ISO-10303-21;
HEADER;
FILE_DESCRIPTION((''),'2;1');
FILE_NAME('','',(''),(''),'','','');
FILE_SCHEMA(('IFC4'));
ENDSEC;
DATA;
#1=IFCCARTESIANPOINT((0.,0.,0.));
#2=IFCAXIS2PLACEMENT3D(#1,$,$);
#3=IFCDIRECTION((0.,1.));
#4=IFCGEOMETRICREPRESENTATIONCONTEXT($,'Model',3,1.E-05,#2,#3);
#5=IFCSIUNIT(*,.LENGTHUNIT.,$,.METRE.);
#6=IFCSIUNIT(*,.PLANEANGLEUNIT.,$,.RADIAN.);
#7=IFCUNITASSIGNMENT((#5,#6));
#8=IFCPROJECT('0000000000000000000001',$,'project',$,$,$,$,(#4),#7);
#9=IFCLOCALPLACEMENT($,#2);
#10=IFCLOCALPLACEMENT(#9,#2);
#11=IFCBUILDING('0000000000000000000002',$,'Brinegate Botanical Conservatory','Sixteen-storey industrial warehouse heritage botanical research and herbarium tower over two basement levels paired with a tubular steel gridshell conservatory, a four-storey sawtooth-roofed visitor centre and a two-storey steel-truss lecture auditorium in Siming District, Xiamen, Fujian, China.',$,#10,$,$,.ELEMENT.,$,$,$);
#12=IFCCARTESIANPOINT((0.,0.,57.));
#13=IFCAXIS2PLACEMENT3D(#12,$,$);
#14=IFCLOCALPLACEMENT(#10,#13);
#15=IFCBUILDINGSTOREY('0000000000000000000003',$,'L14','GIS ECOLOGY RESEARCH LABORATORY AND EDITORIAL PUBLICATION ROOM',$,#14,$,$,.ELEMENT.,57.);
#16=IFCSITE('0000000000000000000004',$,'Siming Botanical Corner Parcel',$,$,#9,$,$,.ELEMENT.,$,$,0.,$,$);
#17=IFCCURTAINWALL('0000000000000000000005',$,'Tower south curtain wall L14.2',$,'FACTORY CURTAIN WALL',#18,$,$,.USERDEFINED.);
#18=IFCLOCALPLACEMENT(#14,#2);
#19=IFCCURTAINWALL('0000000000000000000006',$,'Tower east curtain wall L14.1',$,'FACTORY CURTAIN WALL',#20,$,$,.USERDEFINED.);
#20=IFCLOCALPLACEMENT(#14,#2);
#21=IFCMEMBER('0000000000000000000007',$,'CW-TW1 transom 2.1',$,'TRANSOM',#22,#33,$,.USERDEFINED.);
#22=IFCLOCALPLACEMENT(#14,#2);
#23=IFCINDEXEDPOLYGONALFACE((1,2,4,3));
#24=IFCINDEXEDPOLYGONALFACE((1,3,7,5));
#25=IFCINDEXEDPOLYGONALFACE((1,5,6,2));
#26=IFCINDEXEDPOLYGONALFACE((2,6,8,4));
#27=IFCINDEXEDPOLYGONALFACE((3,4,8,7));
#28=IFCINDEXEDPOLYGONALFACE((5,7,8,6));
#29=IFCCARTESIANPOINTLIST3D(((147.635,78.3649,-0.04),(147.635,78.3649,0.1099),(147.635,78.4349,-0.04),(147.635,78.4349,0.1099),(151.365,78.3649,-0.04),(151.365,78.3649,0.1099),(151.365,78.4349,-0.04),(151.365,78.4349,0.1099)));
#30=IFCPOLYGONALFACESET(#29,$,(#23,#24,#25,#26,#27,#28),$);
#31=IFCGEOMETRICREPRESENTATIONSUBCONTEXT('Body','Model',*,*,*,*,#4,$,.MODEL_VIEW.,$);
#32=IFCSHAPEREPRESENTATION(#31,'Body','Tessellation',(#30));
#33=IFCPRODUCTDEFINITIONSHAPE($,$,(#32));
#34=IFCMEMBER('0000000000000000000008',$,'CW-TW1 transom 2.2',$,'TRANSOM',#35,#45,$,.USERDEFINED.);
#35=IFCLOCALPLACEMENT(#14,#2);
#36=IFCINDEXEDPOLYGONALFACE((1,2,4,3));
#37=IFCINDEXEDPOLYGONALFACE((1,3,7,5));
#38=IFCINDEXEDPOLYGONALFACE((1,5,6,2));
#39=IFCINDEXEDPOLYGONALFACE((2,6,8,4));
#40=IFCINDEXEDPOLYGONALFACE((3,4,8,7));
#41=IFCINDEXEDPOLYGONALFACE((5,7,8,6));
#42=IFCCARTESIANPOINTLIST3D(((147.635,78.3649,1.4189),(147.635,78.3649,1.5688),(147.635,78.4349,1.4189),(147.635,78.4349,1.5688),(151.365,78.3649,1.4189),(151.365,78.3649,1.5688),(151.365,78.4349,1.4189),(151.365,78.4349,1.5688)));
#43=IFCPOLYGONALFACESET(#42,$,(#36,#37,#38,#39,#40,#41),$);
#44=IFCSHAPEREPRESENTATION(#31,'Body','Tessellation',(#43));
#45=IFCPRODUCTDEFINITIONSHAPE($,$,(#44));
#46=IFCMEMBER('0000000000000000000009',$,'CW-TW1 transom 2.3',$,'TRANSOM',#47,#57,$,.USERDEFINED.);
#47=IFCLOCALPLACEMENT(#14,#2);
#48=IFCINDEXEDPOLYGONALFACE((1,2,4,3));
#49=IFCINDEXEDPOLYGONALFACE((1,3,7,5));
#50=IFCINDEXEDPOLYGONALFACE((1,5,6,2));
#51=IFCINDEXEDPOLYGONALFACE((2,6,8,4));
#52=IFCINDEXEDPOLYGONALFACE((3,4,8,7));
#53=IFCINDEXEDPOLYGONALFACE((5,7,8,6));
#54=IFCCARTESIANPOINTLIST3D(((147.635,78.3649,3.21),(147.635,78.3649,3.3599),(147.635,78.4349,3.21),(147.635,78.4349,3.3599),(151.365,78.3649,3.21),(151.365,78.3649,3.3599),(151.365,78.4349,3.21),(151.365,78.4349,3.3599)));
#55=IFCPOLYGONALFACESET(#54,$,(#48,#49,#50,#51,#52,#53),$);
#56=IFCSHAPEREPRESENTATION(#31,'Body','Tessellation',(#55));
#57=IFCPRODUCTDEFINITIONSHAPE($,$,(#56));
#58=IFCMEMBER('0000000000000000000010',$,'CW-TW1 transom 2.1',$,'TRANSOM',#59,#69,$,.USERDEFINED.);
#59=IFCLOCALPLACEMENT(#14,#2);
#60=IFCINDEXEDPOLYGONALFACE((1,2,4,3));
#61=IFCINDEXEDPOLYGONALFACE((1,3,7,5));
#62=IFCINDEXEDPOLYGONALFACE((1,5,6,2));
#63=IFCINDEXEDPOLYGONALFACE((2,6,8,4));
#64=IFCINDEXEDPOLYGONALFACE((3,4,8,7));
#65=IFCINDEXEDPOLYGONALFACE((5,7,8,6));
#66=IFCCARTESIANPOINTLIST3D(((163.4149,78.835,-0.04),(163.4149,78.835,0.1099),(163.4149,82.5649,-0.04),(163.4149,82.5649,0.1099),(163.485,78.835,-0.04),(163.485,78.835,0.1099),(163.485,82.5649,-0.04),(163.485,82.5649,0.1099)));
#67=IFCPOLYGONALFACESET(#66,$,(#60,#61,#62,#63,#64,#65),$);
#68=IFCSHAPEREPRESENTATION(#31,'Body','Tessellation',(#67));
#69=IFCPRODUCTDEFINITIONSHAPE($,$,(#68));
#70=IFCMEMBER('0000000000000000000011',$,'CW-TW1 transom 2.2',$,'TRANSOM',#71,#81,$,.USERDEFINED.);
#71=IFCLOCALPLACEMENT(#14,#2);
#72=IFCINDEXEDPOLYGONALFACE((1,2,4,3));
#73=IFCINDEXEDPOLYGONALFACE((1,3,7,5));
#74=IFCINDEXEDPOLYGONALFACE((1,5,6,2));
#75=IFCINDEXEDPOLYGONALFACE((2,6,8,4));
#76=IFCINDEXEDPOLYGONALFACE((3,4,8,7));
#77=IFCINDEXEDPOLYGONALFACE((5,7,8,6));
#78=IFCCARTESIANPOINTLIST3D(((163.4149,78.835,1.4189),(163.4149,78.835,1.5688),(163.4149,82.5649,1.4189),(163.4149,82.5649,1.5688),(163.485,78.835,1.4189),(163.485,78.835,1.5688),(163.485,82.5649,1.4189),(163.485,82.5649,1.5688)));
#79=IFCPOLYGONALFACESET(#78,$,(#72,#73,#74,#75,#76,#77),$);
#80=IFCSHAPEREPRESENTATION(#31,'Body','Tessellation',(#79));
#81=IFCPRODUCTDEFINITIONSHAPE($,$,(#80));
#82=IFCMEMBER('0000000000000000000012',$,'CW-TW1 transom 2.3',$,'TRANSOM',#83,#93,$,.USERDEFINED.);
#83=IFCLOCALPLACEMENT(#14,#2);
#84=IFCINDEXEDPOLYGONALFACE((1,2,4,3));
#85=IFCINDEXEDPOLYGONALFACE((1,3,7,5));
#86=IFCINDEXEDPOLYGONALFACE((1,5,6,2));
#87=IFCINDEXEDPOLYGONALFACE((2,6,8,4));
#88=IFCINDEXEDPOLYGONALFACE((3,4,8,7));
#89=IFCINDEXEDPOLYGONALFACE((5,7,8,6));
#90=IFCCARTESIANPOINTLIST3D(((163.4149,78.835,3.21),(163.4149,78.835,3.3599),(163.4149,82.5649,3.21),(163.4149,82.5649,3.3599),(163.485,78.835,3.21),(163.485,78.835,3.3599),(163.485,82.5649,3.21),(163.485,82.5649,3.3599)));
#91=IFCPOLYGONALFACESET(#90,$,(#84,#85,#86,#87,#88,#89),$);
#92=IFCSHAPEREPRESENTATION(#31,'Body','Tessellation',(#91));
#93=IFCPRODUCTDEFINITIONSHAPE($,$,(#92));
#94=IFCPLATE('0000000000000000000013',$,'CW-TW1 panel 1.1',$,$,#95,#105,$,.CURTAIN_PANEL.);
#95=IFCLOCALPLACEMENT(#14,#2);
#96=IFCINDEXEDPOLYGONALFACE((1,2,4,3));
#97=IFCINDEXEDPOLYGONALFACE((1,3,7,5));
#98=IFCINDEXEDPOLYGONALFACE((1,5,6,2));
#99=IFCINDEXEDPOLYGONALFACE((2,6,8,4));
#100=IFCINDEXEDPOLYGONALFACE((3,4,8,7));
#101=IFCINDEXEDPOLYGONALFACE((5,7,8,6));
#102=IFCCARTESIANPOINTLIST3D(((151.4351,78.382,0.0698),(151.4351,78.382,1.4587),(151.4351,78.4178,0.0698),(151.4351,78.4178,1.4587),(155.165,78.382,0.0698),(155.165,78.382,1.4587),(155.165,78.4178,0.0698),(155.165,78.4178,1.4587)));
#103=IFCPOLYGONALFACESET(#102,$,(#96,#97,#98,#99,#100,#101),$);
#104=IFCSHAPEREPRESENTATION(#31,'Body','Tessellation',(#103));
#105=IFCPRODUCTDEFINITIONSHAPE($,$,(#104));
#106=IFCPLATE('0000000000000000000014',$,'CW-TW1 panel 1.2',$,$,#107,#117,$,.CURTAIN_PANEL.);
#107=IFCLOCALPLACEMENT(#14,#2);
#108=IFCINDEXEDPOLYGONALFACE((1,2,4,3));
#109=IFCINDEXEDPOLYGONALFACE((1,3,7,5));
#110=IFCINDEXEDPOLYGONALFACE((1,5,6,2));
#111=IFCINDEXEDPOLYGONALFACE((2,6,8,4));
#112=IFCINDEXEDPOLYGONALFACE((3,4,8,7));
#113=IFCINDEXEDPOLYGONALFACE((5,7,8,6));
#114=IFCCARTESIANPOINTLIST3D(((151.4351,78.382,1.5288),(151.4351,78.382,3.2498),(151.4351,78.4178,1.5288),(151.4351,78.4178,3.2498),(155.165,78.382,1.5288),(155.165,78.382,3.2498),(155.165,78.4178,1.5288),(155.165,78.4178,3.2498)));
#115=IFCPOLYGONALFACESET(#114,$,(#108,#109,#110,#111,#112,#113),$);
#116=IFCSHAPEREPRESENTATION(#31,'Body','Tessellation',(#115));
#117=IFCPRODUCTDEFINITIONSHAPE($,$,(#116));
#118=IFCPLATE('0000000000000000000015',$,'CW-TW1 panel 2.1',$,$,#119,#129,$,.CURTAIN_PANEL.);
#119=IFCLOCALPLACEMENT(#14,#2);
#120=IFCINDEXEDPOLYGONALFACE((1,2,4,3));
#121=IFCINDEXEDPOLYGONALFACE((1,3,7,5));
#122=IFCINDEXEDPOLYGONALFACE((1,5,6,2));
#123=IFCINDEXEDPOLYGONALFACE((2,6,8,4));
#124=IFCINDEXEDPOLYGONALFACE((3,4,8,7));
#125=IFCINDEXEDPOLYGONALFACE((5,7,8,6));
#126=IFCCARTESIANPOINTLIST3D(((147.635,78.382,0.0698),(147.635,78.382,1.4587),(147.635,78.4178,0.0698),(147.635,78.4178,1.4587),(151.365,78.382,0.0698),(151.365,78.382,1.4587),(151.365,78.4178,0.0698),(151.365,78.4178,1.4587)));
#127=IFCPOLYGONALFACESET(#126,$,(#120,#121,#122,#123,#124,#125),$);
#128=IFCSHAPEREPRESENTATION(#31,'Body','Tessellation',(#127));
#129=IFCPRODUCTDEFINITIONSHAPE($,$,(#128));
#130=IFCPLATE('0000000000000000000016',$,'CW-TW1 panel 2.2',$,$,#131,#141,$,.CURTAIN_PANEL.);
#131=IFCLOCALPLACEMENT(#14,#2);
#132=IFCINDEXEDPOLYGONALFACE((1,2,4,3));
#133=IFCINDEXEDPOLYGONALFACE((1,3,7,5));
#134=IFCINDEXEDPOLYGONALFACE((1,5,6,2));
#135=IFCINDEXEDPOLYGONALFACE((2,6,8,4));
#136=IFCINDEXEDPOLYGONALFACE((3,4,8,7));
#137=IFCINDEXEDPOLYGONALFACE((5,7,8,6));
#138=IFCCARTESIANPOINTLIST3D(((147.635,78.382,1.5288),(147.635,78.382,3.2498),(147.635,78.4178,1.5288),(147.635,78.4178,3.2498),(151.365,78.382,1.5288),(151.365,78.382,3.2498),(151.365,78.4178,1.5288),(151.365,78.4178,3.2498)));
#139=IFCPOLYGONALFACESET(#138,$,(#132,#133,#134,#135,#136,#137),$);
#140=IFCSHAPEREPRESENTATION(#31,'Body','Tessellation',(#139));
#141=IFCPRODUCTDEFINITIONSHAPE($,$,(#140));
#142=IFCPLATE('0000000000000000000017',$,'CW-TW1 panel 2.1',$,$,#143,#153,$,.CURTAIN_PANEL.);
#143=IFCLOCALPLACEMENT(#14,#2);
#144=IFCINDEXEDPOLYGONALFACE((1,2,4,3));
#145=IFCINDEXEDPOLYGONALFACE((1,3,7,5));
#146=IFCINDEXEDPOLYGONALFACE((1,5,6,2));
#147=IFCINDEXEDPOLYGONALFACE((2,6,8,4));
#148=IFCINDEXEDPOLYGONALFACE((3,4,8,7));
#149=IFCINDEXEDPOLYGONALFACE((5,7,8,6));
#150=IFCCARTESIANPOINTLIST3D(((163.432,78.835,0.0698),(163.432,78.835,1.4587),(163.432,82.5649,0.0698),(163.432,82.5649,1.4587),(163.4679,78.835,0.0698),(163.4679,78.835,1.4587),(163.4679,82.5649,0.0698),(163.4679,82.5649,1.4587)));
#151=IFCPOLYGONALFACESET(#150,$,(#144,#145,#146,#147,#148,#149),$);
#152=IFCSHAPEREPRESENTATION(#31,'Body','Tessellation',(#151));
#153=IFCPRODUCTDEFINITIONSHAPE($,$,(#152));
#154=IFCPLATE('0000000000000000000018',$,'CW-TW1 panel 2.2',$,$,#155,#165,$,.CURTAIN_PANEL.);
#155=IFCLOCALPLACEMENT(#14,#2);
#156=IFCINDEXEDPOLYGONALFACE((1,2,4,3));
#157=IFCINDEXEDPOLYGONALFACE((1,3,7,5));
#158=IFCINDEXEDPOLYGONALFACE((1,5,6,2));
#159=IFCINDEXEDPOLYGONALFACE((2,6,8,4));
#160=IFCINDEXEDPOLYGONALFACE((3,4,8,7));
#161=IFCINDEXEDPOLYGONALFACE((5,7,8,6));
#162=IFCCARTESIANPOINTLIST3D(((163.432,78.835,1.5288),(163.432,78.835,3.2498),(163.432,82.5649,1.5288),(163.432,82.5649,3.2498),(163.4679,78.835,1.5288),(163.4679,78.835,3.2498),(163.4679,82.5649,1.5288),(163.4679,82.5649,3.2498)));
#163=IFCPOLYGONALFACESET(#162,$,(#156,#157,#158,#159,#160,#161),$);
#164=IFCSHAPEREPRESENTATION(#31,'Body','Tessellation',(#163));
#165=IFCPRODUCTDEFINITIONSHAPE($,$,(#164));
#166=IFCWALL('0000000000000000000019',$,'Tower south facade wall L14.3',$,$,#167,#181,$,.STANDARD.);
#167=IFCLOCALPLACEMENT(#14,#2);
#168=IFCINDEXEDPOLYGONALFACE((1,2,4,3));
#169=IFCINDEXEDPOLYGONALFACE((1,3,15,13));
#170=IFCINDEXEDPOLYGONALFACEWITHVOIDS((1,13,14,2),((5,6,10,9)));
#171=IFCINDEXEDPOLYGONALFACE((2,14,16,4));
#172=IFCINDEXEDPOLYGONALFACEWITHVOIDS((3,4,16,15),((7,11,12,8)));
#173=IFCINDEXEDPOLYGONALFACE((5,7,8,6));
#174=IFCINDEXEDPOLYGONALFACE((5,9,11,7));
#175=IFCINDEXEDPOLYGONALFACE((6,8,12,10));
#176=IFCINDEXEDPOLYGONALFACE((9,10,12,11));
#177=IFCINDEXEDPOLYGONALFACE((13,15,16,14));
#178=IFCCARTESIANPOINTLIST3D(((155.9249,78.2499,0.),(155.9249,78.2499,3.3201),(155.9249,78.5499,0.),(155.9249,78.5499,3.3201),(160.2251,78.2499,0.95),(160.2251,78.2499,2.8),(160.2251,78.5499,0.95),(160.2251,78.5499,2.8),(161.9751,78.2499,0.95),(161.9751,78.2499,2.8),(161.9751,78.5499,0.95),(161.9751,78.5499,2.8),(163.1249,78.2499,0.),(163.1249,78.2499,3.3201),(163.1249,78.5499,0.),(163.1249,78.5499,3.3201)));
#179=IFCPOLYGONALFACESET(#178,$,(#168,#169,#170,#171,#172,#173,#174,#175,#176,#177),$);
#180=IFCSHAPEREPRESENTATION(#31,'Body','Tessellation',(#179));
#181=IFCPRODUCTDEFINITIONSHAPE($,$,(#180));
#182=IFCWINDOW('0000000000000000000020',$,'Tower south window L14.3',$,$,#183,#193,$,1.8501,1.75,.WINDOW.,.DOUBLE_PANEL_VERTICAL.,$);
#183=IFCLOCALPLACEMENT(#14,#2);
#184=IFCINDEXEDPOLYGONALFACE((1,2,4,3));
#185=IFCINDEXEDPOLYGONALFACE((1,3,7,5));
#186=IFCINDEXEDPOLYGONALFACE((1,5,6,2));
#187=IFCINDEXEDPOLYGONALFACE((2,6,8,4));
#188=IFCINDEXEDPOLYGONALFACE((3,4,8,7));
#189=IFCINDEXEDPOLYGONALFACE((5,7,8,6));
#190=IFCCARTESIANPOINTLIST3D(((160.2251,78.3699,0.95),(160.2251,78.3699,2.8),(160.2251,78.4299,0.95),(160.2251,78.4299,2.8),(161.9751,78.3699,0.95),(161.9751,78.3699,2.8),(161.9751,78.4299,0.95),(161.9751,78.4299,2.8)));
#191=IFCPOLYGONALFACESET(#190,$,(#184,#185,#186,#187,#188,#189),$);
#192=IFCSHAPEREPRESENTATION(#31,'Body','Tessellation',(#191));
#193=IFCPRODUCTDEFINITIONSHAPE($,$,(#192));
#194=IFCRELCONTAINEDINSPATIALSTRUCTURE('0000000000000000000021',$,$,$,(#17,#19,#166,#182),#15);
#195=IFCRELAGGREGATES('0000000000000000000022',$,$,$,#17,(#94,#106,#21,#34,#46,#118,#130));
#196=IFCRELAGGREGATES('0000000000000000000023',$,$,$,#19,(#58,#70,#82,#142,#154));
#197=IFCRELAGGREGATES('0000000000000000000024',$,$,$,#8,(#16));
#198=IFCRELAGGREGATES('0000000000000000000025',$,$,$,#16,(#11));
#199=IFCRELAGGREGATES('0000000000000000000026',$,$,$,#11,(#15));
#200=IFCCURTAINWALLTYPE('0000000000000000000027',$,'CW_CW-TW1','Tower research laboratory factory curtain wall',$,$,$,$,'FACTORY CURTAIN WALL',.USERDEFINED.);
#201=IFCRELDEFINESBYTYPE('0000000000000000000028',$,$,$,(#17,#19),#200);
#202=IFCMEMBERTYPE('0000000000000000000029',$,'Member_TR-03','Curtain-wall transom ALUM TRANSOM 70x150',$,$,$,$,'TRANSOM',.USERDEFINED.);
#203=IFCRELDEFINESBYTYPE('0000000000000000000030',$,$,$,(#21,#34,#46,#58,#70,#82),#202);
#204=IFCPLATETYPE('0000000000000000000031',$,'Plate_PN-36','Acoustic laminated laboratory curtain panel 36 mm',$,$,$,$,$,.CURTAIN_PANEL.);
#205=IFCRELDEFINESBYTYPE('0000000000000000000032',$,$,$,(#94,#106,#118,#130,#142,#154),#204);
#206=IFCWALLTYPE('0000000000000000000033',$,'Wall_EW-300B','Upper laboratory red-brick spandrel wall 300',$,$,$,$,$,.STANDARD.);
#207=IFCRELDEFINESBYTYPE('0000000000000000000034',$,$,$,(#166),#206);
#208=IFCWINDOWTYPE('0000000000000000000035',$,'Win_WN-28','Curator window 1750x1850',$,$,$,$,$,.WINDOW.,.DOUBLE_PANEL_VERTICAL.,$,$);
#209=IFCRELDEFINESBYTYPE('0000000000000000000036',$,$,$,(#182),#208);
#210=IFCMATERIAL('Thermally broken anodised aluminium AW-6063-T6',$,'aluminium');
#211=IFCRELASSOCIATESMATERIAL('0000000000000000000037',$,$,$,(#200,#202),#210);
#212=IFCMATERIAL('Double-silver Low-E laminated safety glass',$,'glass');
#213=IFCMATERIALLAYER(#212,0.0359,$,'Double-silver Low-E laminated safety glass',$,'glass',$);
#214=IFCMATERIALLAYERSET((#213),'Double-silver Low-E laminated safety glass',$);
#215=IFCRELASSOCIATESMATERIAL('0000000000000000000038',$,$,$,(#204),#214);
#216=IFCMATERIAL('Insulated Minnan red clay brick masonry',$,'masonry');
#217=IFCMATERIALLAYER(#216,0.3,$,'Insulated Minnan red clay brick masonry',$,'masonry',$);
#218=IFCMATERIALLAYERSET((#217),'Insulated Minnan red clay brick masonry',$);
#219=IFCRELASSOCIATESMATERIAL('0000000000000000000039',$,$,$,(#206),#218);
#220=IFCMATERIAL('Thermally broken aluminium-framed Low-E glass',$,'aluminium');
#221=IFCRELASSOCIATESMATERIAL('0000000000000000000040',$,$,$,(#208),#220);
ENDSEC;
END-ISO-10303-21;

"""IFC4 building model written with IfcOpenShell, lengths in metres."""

from ifc_helpers import new_model, si_unit, direction, frame, frame_2d, origin, origin_2d, place, context, subcontext, project, spatial, rectangle, extrude, material, layer, layer_set, material_profile, profile_set, type_object, element, fill, aggregate, save


model = new_model("IFC4")

# Units and contexts
model_context = context("Model", 3, precision=1e-05, world=origin(), true_north=direction((0.0, 1.0)))
body_context = subcontext(model_context, "Body", "Model", "MODEL_VIEW")
ifc_project = project(units=[si_unit("LENGTHUNIT", "METRE"), si_unit("PLANEANGLEUNIT", "RADIAN")], contexts=[model_context])

# Site, building, storey
site_placement = place(None, origin())
site = spatial("IfcSite", under=ifc_project, at=site_placement, Name="Siming Botanical Corner Parcel", CompositionType="ELEMENT", RefElevation=0.0)
building_placement = place(site_placement, origin())
building = spatial("IfcBuilding", under=site, at=building_placement, Name="Brinegate Botanical Conservatory", Description="Sixteen-storey industrial warehouse heritage botanical research and herbarium tower over two basement levels paired with a tubular steel gridshell conservatory, a four-storey sawtooth-roofed visitor centre and a two-storey steel-truss lecture auditorium in Siming District, Xiamen, Fujian, China.", CompositionType="ELEMENT")
storey_placement = place(building_placement, frame((0.0, 0.0, 57.0)))
storey = spatial("IfcBuildingStorey", under=building, at=storey_placement, Name="L14", Description="GIS ECOLOGY RESEARCH LABORATORY AND EDITORIAL PUBLICATION ROOM", CompositionType="ELEMENT", Elevation=57.0)

# Curtain wall
ifc_material_1 = material(Name="Thermally broken anodised aluminium AW-6063-T6", Category="aluminium")
curtain_wall_type = type_object("IfcCurtainWallType", Name="CW_CW-TW1", Description="Tower research laboratory factory curtain wall", ElementType="FACTORY CURTAIN WALL", PredefinedType="USERDEFINED", material=ifc_material_1)
curtain_wall_1_placement = place(storey_placement, origin())
curtain_wall_1 = element("IfcCurtainWall", 1, at=curtain_wall_1_placement, inside=storey, type_object=curtain_wall_type, Name="Tower south curtain wall L14.2", ObjectType="FACTORY CURTAIN WALL", PredefinedType="USERDEFINED")

# Curtain wall
curtain_wall_2_placement = place(storey_placement, origin())
curtain_wall_2 = element("IfcCurtainWall", 2, at=curtain_wall_2_placement, inside=storey, type_object=curtain_wall_type, Name="Tower east curtain wall L14.1", ObjectType="FACTORY CURTAIN WALL", PredefinedType="USERDEFINED")

# Members
ifc_material_profile_1 = material_profile(ifc_material_1, rectangle(XDim=0.0701, YDim=0.1499, at=origin_2d()), Name="ALUM TRANSOM 70x150")
ifc_profile_set_1 = profile_set([ifc_material_profile_1], Name="Thermally broken anodised aluminium AW-6063-T6")
member_type_1 = type_object("IfcMemberType", Name="Member_TR-03", Description="Curtain-wall transom ALUM TRANSOM 70x150", ElementType="TRANSOM", PredefinedType="USERDEFINED", material=ifc_profile_set_1)
member_1_placement = place(storey_placement, frame((151.365, 78.3999, 0.0349), z_axis=(-1.0, 0.0, 0.0), x_axis=(0.0, -1.0, 0.0)))
member_1 = element("IfcMember", 3, at=member_1_placement, type_object=member_type_1, Name="CW-TW1 transom 2.1", ObjectType="TRANSOM", PredefinedType="USERDEFINED", context=body_context, shape_type="SweptSolid", body=[
    extrude(rectangle(XDim=0.0701, YDim=0.1499, at=origin_2d()), origin(), (0.0, 0.0, 1.0), 3.73),
])
member_2_placement = place(storey_placement, frame((151.365, 78.3999, 1.4939), z_axis=(-1.0, 0.0, 0.0), x_axis=(0.0, -1.0, 0.0)))
member_2 = element("IfcMember", 4, at=member_2_placement, type_object=member_type_1, Name="CW-TW1 transom 2.2", ObjectType="TRANSOM", PredefinedType="USERDEFINED", context=body_context, shape_type="SweptSolid", body=[
    extrude(rectangle(XDim=0.0701, YDim=0.1499, at=origin_2d()), origin(), (0.0, 0.0, 1.0), 3.73),
])
member_3_placement = place(storey_placement, frame((151.365, 78.3999, 3.2849), z_axis=(-1.0, 0.0, 0.0), x_axis=(0.0, -1.0, 0.0)))
member_3 = element("IfcMember", 5, at=member_3_placement, type_object=member_type_1, Name="CW-TW1 transom 2.3", ObjectType="TRANSOM", PredefinedType="USERDEFINED", context=body_context, shape_type="SweptSolid", body=[
    extrude(rectangle(XDim=0.0701, YDim=0.1499, at=origin_2d()), origin(), (0.0, 0.0, 1.0), 3.73),
])
member_4_placement = place(storey_placement, frame((163.45, 82.5649, 0.0349), z_axis=(0.0, -1.0, 0.0), x_axis=(1.0, 0.0, 0.0)))
member_4 = element("IfcMember", 6, at=member_4_placement, type_object=member_type_1, Name="CW-TW1 transom 2.1", ObjectType="TRANSOM", PredefinedType="USERDEFINED", context=body_context, shape_type="SweptSolid", body=[
    extrude(rectangle(XDim=0.0701, YDim=0.1499, at=origin_2d()), origin(), (0.0, 0.0, 1.0), 3.73),
])
member_5_placement = place(storey_placement, frame((163.45, 82.5649, 1.4939), z_axis=(0.0, -1.0, 0.0), x_axis=(1.0, 0.0, 0.0)))
member_5 = element("IfcMember", 7, at=member_5_placement, type_object=member_type_1, Name="CW-TW1 transom 2.2", ObjectType="TRANSOM", PredefinedType="USERDEFINED", context=body_context, shape_type="SweptSolid", body=[
    extrude(rectangle(XDim=0.0701, YDim=0.1499, at=origin_2d()), origin(), (0.0, 0.0, 1.0), 3.73),
])
member_6_placement = place(storey_placement, frame((163.45, 82.5649, 3.2849), z_axis=(0.0, -1.0, 0.0), x_axis=(1.0, 0.0, 0.0)))
member_6 = element("IfcMember", 8, at=member_6_placement, type_object=member_type_1, Name="CW-TW1 transom 2.3", ObjectType="TRANSOM", PredefinedType="USERDEFINED", context=body_context, shape_type="SweptSolid", body=[
    extrude(rectangle(XDim=0.0701, YDim=0.1499, at=origin_2d()), origin(), (0.0, 0.0, 1.0), 3.73),
])

# Plates
ifc_material_2 = material(Name="Double-silver Low-E laminated safety glass", Category="glass")
ifc_layer_1 = layer(ifc_material_2, 0.0359, Name="Double-silver Low-E laminated safety glass", Category="glass")
ifc_layer_set_1 = layer_set([ifc_layer_1], Name="Double-silver Low-E laminated safety glass")
plate_type = type_object("IfcPlateType", Name="Plate_PN-36", Description="Acoustic laminated laboratory curtain panel 36 mm", PredefinedType="CURTAIN_PANEL", material=ifc_layer_set_1)
plate_1_placement = place(storey_placement, frame((153.3, 78.3999, 0.0698), z_axis=(0.0, 0.0, 1.0), x_axis=(-1.0, 0.0, 0.0)))
plate_1 = element("IfcPlate", 9, at=plate_1_placement, type_object=plate_type, Name="CW-TW1 panel 1.1", PredefinedType="CURTAIN_PANEL", context=body_context, shape_type="SweptSolid", body=[
    extrude(rectangle(XDim=3.73, YDim=0.0359, at=origin_2d()), origin(), (0.0, 0.0, 1.0), 1.3889),
])
plate_2_placement = place(storey_placement, frame((153.3, 78.3999, 1.5288), z_axis=(0.0, 0.0, 1.0), x_axis=(-1.0, 0.0, 0.0)))
plate_2 = element("IfcPlate", 10, at=plate_2_placement, type_object=plate_type, Name="CW-TW1 panel 1.2", PredefinedType="CURTAIN_PANEL", context=body_context, shape_type="SweptSolid", body=[
    extrude(rectangle(XDim=3.73, YDim=0.0359, at=origin_2d()), origin(), (0.0, 0.0, 1.0), 1.7209),
])
plate_3_placement = place(storey_placement, frame((149.5, 78.3999, 0.0698), z_axis=(0.0, 0.0, 1.0), x_axis=(-1.0, 0.0, 0.0)))
plate_3 = element("IfcPlate", 11, at=plate_3_placement, type_object=plate_type, Name="CW-TW1 panel 2.1", PredefinedType="CURTAIN_PANEL", context=body_context, shape_type="SweptSolid", body=[
    extrude(rectangle(XDim=3.73, YDim=0.0359, at=origin_2d()), origin(), (0.0, 0.0, 1.0), 1.3889),
])
plate_4_placement = place(storey_placement, frame((149.5, 78.3999, 1.5288), z_axis=(0.0, 0.0, 1.0), x_axis=(-1.0, 0.0, 0.0)))
plate_4 = element("IfcPlate", 12, at=plate_4_placement, type_object=plate_type, Name="CW-TW1 panel 2.2", PredefinedType="CURTAIN_PANEL", context=body_context, shape_type="SweptSolid", body=[
    extrude(rectangle(XDim=3.73, YDim=0.0359, at=origin_2d()), origin(), (0.0, 0.0, 1.0), 1.7209),
])
aggregate(curtain_wall_1, [plate_1, plate_2, member_1, member_2, member_3, plate_3, plate_4])
plate_5_placement = place(storey_placement, frame((163.45, 80.7, 0.0698), z_axis=(0.0, 0.0, 1.0), x_axis=(0.0, -1.0, 0.0)))
plate_5 = element("IfcPlate", 13, at=plate_5_placement, type_object=plate_type, Name="CW-TW1 panel 2.1", PredefinedType="CURTAIN_PANEL", context=body_context, shape_type="SweptSolid", body=[
    extrude(rectangle(XDim=3.73, YDim=0.0359, at=origin_2d()), origin(), (0.0, 0.0, 1.0), 1.3889),
])
plate_6_placement = place(storey_placement, frame((163.45, 80.7, 1.5288), z_axis=(0.0, 0.0, 1.0), x_axis=(0.0, -1.0, 0.0)))
plate_6 = element("IfcPlate", 14, at=plate_6_placement, type_object=plate_type, Name="CW-TW1 panel 2.2", PredefinedType="CURTAIN_PANEL", context=body_context, shape_type="SweptSolid", body=[
    extrude(rectangle(XDim=3.73, YDim=0.0359, at=origin_2d()), origin(), (0.0, 0.0, 1.0), 1.7209),
])
aggregate(curtain_wall_2, [member_4, member_5, member_6, plate_5, plate_6])

# Wall, opening, window
ifc_material_3 = material(Name="Insulated Minnan red clay brick masonry", Category="masonry")
ifc_layer_2 = layer(ifc_material_3, 0.3, Name="Insulated Minnan red clay brick masonry", Category="masonry")
ifc_layer_set_2 = layer_set([ifc_layer_2], Name="Insulated Minnan red clay brick masonry")
wall_type_1 = type_object("IfcWallType", Name="Wall_EW-300B", Description="Upper laboratory red-brick spandrel wall 300", PredefinedType="STANDARD", material=ifc_layer_set_2)
wall_1_placement = place(storey_placement, frame((163.125, 78.3999, 0.0), z_axis=(0.0, 0.0, 1.0), x_axis=(-1.0, 0.0, 0.0)))
wall_1 = element("IfcWall", 15, at=wall_1_placement, inside=storey, type_object=wall_type_1, Name="Tower south facade wall L14.3", PredefinedType="STANDARD", context=body_context, shape_type="SweptSolid", body=[
    extrude(rectangle(XDim=7.2, YDim=0.3, at=frame_2d((3.6001, 0.0))), origin(), (0.0, 0.0, 1.0), 3.3201),
])
opening_placement = place(wall_1_placement, frame((1.1499, 0.0, 0.95)))
opening = element("IfcOpeningElement", 16, at=opening_placement, cuts=wall_1, PredefinedType="OPENING", context=body_context, shape_type="SweptSolid", body=[
    extrude(rectangle(XDim=1.75, YDim=1.8501, at=frame_2d((0.875, 0.925))), frame((0.0, 0.1599, 0.0), z_axis=(0.0, -1.0, 0.0), x_axis=(1.0, 0.0, 0.0)), (0.0, 0.0, 1.0), 0.3201),
])
ifc_material_4 = material(Name="Thermally broken aluminium-framed Low-E glass", Category="aluminium")
window_type = type_object("IfcWindowType", Name="Win_WN-28", Description="Curator window 1750x1850", PartitioningType="DOUBLE_PANEL_VERTICAL", PredefinedType="WINDOW", material=ifc_material_4)
window_placement = place(opening_placement, origin())
window = element("IfcWindow", 17, at=window_placement, inside=storey, type_object=window_type, Name="Tower south window L14.3", OverallHeight=1.8501, OverallWidth=1.75, PartitioningType="DOUBLE_PANEL_VERTICAL", PredefinedType="WINDOW", context=body_context, shape_type="SweptSolid", body=[
    extrude(rectangle(XDim=1.75, YDim=1.8501, at=frame_2d((0.875, 0.925))), frame((0.0, 0.03, 0.0), z_axis=(0.0, -1.0, 0.0), x_axis=(1.0, 0.0, 0.0)), (0.0, 0.0, 1.0), 0.0601),
])
fill(opening, window)

save(model, "model.ifc")
